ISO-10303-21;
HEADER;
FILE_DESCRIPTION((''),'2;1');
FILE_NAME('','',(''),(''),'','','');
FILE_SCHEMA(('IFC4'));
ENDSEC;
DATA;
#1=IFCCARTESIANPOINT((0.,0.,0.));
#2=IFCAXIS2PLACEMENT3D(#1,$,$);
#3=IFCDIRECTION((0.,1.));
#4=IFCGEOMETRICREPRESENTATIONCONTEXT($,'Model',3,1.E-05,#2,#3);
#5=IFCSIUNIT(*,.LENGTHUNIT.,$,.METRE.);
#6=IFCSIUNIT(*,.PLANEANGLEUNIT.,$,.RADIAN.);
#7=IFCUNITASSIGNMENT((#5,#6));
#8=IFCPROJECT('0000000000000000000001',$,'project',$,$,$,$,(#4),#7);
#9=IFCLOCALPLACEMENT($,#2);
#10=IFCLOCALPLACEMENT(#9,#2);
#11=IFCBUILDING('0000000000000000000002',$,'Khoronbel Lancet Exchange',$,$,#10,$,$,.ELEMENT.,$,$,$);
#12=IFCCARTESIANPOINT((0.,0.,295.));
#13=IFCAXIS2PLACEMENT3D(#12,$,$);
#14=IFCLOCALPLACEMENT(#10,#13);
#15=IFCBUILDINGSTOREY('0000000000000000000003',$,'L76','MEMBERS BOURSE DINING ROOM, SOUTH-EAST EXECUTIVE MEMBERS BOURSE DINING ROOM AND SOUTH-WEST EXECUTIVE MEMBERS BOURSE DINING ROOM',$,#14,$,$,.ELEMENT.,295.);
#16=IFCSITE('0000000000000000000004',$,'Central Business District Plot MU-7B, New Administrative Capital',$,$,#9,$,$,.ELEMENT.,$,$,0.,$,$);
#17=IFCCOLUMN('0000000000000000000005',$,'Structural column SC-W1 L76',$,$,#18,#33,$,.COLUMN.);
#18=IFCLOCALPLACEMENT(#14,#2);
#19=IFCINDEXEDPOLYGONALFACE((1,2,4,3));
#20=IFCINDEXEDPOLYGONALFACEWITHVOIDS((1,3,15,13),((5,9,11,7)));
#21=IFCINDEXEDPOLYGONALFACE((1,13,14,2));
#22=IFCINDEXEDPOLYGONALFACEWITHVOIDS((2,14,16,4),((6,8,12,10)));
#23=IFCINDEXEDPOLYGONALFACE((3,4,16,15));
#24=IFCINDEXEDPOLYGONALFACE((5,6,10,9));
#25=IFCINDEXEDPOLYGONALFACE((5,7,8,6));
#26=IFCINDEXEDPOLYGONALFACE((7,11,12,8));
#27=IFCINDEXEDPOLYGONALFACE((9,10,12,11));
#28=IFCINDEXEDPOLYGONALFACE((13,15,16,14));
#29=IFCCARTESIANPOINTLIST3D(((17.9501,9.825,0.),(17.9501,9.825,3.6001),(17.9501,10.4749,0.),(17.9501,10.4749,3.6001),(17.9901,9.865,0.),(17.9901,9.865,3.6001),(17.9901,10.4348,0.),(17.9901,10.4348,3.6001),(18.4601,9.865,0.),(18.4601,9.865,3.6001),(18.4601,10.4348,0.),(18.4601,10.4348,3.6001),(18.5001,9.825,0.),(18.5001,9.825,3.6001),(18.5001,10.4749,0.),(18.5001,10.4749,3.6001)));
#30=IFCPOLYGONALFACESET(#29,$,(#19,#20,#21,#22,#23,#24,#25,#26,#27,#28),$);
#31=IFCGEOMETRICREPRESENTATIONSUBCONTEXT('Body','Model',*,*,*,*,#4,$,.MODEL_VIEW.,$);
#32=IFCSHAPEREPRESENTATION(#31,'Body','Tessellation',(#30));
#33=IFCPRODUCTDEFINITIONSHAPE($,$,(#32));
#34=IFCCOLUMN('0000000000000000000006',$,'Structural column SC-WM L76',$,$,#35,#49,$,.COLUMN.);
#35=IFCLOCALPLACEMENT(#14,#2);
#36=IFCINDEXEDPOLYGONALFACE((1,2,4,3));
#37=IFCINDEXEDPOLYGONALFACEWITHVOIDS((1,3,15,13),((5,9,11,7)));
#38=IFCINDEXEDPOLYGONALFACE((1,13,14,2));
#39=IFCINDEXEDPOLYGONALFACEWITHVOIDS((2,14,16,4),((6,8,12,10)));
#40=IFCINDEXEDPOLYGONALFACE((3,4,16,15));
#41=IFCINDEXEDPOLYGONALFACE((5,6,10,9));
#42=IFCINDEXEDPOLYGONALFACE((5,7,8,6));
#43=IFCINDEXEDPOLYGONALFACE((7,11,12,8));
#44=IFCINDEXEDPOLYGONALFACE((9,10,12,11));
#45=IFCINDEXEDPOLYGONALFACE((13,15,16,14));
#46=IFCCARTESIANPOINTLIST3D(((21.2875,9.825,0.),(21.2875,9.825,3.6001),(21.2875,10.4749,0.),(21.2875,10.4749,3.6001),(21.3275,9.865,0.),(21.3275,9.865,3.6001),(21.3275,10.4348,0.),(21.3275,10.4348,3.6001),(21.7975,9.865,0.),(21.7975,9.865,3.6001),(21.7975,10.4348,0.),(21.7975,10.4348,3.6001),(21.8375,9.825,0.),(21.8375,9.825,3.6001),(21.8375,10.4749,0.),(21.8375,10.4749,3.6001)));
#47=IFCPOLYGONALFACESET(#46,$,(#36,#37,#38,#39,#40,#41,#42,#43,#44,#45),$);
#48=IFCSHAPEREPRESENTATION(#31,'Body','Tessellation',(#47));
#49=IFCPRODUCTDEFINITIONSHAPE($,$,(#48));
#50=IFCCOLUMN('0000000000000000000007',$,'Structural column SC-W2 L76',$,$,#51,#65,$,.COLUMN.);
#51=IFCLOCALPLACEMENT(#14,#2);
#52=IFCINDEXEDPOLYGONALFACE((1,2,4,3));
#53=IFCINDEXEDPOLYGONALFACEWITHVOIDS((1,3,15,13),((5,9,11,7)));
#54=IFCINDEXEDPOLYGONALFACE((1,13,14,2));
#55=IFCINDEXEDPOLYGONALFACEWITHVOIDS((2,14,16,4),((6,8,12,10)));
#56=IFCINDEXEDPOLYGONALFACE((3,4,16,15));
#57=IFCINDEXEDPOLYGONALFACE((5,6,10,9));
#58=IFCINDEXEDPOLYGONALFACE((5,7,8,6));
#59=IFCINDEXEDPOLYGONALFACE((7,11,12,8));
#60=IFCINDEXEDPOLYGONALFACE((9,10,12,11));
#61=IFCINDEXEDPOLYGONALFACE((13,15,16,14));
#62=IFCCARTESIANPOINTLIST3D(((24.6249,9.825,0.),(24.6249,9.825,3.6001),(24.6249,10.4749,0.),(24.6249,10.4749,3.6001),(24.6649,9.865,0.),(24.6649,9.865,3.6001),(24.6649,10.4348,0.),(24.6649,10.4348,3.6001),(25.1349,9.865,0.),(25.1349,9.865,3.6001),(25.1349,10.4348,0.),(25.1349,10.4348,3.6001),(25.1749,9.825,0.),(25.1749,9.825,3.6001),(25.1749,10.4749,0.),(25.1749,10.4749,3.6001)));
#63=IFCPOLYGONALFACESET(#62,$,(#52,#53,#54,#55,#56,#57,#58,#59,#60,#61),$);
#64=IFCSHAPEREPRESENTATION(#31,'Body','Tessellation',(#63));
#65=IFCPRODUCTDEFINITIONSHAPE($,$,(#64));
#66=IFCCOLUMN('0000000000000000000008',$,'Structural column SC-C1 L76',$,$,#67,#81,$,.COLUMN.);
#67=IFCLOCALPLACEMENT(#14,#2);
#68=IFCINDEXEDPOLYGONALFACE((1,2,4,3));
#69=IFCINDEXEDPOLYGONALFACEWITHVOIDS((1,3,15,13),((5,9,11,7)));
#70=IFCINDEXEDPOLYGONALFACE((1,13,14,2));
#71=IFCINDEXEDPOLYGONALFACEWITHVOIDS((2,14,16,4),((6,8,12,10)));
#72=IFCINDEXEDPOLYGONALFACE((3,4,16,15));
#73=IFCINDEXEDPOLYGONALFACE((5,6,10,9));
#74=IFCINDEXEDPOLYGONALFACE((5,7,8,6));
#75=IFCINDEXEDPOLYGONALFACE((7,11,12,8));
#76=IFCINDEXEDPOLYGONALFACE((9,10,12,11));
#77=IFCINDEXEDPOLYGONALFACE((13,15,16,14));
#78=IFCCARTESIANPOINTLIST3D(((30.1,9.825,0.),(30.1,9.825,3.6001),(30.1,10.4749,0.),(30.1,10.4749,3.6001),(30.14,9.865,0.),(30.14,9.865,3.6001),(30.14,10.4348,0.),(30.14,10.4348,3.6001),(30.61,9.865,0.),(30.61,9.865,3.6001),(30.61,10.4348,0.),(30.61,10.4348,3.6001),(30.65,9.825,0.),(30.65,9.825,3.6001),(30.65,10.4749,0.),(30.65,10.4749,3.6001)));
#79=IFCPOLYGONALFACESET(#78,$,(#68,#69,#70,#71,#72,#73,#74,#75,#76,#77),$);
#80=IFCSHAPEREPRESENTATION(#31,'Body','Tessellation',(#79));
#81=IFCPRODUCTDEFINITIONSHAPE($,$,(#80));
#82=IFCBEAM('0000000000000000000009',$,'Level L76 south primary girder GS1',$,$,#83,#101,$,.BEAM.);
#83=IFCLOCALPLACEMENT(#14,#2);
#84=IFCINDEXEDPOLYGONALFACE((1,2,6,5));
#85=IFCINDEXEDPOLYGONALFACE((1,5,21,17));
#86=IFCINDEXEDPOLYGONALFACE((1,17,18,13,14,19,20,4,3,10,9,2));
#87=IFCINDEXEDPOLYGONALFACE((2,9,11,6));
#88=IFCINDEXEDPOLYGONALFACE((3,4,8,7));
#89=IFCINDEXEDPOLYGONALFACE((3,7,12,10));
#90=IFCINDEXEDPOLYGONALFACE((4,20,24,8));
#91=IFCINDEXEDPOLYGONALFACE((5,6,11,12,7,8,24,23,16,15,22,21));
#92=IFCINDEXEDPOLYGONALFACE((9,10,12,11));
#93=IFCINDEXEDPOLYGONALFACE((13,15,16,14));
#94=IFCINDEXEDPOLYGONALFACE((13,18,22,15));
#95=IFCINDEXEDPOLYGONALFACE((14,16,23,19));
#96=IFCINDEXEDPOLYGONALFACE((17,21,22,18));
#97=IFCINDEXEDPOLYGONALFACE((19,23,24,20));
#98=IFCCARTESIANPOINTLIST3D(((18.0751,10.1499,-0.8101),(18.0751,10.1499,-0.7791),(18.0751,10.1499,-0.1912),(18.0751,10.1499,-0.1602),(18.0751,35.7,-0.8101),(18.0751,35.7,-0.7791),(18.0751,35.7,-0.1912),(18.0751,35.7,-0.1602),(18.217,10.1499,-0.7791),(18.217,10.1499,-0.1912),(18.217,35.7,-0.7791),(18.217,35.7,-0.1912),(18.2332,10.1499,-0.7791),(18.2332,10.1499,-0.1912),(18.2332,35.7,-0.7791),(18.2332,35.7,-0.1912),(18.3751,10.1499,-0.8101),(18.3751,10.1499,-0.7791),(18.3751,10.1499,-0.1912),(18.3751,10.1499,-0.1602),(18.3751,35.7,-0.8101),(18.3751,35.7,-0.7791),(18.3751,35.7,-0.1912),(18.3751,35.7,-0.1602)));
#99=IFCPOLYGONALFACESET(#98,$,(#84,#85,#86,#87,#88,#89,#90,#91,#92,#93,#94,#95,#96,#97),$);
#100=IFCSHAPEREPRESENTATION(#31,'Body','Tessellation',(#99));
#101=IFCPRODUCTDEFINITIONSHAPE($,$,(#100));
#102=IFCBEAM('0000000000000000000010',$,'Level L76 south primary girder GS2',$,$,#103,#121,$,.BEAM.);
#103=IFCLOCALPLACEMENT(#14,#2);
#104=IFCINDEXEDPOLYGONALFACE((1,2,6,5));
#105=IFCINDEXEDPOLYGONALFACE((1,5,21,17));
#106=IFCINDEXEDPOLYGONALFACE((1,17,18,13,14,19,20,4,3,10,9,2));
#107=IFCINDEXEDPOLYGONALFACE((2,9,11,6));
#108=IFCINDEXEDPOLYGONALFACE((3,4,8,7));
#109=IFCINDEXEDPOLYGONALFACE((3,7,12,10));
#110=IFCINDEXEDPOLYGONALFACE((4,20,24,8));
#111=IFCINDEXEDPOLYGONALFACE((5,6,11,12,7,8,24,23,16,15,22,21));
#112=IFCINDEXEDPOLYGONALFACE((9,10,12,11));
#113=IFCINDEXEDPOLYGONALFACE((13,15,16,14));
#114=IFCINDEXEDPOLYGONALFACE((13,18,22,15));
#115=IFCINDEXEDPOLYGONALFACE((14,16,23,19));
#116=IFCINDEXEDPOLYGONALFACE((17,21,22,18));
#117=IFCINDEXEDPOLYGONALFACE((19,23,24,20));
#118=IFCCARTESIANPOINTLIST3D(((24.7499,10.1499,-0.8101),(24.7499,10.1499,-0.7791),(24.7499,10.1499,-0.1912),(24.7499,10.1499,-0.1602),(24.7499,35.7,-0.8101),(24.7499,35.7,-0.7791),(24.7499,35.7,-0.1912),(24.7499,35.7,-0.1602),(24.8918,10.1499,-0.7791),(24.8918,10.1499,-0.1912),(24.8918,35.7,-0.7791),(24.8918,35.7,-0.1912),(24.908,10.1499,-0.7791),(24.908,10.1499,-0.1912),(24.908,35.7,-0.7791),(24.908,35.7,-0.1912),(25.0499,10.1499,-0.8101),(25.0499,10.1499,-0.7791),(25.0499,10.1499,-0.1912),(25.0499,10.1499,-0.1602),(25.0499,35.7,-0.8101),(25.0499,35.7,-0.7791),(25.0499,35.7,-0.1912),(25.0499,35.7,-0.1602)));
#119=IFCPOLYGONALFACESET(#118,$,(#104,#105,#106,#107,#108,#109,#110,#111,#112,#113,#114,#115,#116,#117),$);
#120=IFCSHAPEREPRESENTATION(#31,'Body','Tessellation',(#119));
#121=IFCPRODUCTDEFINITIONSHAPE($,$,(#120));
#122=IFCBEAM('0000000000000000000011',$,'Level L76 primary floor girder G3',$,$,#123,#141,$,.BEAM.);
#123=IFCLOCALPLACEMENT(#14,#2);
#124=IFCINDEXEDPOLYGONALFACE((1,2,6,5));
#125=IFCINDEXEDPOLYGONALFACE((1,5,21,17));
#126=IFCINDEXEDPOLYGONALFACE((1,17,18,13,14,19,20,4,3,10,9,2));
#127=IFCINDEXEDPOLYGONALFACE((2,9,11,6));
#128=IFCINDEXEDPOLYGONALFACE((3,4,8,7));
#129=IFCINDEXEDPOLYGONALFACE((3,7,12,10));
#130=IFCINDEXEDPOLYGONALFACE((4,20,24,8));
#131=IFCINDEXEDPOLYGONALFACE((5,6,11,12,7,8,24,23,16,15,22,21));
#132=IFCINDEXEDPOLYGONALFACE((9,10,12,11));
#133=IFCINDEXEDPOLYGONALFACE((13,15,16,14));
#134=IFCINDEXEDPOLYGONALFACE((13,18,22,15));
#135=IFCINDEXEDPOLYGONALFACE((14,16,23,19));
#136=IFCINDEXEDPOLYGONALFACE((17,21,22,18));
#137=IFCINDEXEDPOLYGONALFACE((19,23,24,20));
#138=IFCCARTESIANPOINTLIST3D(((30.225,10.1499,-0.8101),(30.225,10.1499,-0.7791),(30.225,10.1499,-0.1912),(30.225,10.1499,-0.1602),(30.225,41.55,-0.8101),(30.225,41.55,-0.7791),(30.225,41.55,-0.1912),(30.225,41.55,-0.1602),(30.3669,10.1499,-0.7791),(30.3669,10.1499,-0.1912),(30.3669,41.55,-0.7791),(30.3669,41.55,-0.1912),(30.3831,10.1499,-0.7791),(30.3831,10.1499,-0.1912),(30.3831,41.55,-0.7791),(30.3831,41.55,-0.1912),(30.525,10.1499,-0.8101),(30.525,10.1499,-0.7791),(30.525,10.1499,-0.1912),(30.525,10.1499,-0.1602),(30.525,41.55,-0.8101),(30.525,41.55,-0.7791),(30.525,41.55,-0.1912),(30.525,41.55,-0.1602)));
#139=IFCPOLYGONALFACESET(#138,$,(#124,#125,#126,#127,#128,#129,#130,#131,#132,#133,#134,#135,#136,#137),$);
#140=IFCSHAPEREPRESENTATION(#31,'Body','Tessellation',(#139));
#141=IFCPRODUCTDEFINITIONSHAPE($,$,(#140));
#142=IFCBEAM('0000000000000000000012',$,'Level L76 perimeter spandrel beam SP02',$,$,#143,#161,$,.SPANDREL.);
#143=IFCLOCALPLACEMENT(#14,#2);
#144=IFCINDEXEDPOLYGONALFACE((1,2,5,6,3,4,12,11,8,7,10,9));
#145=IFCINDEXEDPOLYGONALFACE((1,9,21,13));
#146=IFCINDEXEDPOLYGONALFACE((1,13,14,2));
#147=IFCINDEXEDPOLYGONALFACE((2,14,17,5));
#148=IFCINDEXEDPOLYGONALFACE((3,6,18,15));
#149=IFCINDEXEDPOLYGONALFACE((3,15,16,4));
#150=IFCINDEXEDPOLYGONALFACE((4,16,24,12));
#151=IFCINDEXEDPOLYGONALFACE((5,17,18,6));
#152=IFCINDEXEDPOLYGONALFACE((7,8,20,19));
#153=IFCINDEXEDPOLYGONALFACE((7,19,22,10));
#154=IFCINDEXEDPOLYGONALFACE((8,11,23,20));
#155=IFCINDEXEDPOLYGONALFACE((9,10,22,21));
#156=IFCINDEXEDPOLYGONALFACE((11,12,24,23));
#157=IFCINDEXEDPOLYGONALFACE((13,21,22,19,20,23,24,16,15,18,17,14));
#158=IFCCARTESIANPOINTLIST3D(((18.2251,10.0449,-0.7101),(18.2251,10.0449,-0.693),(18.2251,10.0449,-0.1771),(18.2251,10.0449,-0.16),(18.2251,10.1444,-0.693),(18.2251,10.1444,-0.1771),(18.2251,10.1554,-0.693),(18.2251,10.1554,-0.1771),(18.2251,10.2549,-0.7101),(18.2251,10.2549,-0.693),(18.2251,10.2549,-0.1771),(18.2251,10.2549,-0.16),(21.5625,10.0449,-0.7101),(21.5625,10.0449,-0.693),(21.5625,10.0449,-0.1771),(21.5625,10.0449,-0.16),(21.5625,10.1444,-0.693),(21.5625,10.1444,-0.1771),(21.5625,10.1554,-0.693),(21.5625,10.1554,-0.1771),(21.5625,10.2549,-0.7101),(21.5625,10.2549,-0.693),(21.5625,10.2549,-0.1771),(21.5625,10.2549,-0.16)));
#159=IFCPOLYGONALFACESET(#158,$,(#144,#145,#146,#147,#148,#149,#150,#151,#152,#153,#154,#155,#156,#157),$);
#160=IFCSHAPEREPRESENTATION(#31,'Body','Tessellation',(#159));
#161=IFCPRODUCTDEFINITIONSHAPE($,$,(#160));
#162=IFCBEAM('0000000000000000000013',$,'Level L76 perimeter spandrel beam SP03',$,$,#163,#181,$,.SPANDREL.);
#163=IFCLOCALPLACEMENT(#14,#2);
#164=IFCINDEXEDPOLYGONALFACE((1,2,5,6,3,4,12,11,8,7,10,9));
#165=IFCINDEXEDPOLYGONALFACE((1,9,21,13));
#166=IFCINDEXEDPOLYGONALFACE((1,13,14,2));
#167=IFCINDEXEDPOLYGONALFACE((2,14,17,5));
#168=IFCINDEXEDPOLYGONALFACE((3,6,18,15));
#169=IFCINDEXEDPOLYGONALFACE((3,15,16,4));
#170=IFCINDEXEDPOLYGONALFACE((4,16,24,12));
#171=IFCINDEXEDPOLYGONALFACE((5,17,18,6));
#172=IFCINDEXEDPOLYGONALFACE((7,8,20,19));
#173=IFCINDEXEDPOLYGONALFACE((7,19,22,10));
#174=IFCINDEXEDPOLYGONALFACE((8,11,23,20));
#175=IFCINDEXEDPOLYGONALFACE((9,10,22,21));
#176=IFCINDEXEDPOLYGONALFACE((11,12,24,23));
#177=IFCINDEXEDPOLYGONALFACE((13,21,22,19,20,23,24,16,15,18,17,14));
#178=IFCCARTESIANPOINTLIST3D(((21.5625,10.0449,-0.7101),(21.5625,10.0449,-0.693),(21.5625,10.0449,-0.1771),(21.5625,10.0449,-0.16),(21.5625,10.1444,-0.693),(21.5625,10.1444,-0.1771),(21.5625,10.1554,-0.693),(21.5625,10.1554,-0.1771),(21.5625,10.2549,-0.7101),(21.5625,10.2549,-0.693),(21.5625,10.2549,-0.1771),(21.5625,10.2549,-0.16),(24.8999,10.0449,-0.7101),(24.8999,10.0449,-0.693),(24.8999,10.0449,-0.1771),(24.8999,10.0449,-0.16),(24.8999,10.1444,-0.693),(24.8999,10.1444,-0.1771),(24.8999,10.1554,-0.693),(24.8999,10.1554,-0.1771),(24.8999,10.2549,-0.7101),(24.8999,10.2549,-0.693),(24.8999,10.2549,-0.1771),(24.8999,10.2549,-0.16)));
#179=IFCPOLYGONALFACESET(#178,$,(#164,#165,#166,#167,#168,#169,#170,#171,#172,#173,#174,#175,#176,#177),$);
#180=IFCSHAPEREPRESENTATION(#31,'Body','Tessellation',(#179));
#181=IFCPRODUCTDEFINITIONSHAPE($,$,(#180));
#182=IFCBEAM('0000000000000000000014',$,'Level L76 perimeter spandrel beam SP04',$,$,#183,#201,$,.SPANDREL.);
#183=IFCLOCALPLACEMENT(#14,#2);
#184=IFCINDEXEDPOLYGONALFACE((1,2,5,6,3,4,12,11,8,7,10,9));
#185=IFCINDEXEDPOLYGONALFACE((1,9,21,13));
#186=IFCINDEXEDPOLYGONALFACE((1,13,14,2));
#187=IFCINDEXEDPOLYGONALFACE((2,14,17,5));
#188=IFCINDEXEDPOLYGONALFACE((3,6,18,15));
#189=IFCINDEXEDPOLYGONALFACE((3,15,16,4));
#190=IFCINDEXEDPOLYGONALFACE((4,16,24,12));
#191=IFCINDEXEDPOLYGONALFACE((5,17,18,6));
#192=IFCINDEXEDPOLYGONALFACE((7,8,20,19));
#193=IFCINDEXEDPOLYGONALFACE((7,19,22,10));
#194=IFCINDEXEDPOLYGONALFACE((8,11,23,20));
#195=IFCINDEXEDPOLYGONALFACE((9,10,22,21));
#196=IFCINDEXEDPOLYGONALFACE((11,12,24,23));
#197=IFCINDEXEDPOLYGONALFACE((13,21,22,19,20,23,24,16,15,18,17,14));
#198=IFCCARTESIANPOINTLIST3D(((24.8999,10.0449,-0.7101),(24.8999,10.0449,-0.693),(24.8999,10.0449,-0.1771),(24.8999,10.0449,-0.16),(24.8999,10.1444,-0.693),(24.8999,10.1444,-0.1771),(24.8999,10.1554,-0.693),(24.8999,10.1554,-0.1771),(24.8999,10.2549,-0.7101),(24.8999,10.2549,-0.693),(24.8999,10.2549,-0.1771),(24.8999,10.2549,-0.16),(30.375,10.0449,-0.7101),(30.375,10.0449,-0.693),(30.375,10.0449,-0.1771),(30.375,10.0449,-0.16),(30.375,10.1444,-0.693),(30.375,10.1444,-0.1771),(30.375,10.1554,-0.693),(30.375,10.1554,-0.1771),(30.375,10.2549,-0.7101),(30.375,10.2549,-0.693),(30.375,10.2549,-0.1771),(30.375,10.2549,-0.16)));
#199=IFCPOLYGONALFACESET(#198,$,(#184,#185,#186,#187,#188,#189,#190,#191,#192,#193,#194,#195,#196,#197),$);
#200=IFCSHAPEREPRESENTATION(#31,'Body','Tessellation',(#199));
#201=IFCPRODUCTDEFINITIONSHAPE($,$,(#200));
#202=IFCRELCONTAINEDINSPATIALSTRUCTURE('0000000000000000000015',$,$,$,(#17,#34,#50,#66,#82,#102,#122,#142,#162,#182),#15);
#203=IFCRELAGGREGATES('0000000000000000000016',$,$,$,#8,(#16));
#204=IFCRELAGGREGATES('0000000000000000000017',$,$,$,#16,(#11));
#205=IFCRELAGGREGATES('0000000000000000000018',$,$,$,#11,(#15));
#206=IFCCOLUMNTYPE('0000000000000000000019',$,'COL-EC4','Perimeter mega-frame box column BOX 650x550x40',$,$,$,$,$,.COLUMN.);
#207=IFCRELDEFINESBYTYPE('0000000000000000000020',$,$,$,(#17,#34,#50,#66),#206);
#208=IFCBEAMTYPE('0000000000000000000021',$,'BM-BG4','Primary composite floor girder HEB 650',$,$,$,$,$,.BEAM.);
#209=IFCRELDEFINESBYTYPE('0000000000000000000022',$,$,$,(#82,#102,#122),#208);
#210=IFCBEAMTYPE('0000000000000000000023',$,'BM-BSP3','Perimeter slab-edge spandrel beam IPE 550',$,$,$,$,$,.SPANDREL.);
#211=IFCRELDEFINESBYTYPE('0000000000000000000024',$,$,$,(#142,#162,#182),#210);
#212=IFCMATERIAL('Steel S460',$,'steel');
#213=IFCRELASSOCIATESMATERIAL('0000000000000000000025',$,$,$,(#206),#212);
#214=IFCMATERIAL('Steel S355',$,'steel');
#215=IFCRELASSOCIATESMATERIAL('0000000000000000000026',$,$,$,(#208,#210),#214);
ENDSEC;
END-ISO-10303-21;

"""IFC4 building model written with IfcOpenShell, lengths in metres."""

from ifc_helpers import new_model, si_unit, direction, frame, origin, origin_2d, place, context, subcontext, project, spatial, hollow_rectangle, i_section, extrude, material, material_profile, profile_set, type_object, element, save


model = new_model("IFC4")

# Units and contexts
model_context = context("Model", 3, precision=1e-05, world=origin(), true_north=direction((0.0, 1.0)))
body_context = subcontext(model_context, "Body", "Model", "MODEL_VIEW")
ifc_project = project(units=[si_unit("LENGTHUNIT", "METRE"), si_unit("PLANEANGLEUNIT", "RADIAN")], contexts=[model_context])

# Site, building, storey
site_placement = place(None, origin())
site = spatial("IfcSite", under=ifc_project, at=site_placement, Name="Central Business District Plot MU-7B, New Administrative Capital", CompositionType="ELEMENT", RefElevation=0.0)
building_placement = place(site_placement, origin())
building = spatial("IfcBuilding", under=site, at=building_placement, Name="Khoronbel Lancet Exchange", CompositionType="ELEMENT")
storey_placement = place(building_placement, frame((0.0, 0.0, 295.0)))
storey = spatial("IfcBuildingStorey", under=building, at=storey_placement, Name="L76", Description="MEMBERS BOURSE DINING ROOM, SOUTH-EAST EXECUTIVE MEMBERS BOURSE DINING ROOM AND SOUTH-WEST EXECUTIVE MEMBERS BOURSE DINING ROOM", CompositionType="ELEMENT", Elevation=295.0)

# Columns
ifc_material_1 = material(Name="Steel S460", Category="steel")
ifc_material_profile_1 = material_profile(ifc_material_1, hollow_rectangle(XDim=0.55, YDim=0.6499, WallThickness=0.04, at=origin_2d()), Name="BOX 650x550x40")
ifc_profile_set_1 = profile_set([ifc_material_profile_1], Name="Steel S460")
column_type = type_object("IfcColumnType", Name="COL-EC4", Description="Perimeter mega-frame box column BOX 650x550x40", PredefinedType="COLUMN", material=ifc_profile_set_1)
for number, where, z_axis, x_axis, name in (
    (1, (18.2251, 10.1499, 0.0), (0.0, 0.0, 1.0), (1.0, 0.0, 0.0), "Structural column SC-W1 L76"),
    (2, (21.5625, 10.1499, 0.0), (0.0, 0.0, 1.0), (1.0, 0.0, 0.0), "Structural column SC-WM L76"),
    (3, (24.8999, 10.1499, 0.0), (0.0, 0.0, 1.0), (1.0, 0.0, 0.0), "Structural column SC-W2 L76"),
    (4, (30.375, 10.1499, 0.0), (0.0, 0.0, 1.0), (1.0, 0.0, 0.0), "Structural column SC-C1 L76"),
):
    element("IfcColumn", number, at=place(storey_placement, frame(where, z_axis=z_axis, x_axis=x_axis)), inside=storey, type_object=column_type, Name=name, PredefinedType="COLUMN", context=body_context, shape_type="SweptSolid", body=[
        extrude(hollow_rectangle(XDim=0.55, YDim=0.6499, WallThickness=0.04, at=origin_2d()), origin(), (0.0, 0.0, 1.0), 3.6001),
    ])

# Beams
ifc_material_2 = material(Name="Steel S355", Category="steel")
ifc_material_profile_2 = material_profile(ifc_material_2, i_section(OverallWidth=0.3, OverallDepth=0.6499, WebThickness=0.0161, FlangeThickness=0.031, at=origin_2d()), Name="HEB 650")
ifc_profile_set_2 = profile_set([ifc_material_profile_2], Name="Steel S355")
beam_type_1 = type_object("IfcBeamType", Name="BM-BG4", Description="Primary composite floor girder HEB 650", PredefinedType="BEAM", material=ifc_profile_set_2)
for number, where, z_axis, x_axis, name in (
    (5, (18.2251, 10.1499, -0.4851), (0.0, 1.0, 0.0), (-1.0, 0.0, 0.0), "Level L76 south primary girder GS1"),
    (6, (24.8999, 10.1499, -0.4851), (0.0, 1.0, 0.0), (-1.0, 0.0, 0.0), "Level L76 south primary girder GS2"),
):
    element("IfcBeam", number, at=place(storey_placement, frame(where, z_axis=z_axis, x_axis=x_axis)), inside=storey, type_object=beam_type_1, Name=name, PredefinedType="BEAM", context=body_context, shape_type="SweptSolid", body=[
        extrude(i_section(OverallWidth=0.3, OverallDepth=0.6499, WebThickness=0.0161, FlangeThickness=0.031, at=origin_2d()), origin(), (0.0, 0.0, 1.0), 25.55),
    ])
beam_1_placement = place(storey_placement, frame((30.375, 10.1499, -0.4851), z_axis=(0.0, 1.0, 0.0), x_axis=(-1.0, 0.0, 0.0)))
element("IfcBeam", 7, at=beam_1_placement, inside=storey, type_object=beam_type_1, Name="Level L76 primary floor girder G3", PredefinedType="BEAM", context=body_context, shape_type="SweptSolid", body=[
    extrude(i_section(OverallWidth=0.3, OverallDepth=0.6499, WebThickness=0.0161, FlangeThickness=0.031, at=origin_2d()), origin(), (0.0, 0.0, 1.0), 31.4001),
])
ifc_material_profile_3 = material_profile(ifc_material_2, i_section(OverallWidth=0.21, OverallDepth=0.55, WebThickness=0.011, FlangeThickness=0.0171, at=origin_2d()), Name="IPE 550")
ifc_profile_set_3 = profile_set([ifc_material_profile_3], Name="Steel S355")
beam_type_2 = type_object("IfcBeamType", Name="BM-BSP3", Description="Perimeter slab-edge spandrel beam IPE 550", PredefinedType="SPANDREL", material=ifc_profile_set_3)
for number, where, z_axis, x_axis, name in (
    (8, (18.2251, 10.1499, -0.4351), (1.0, 0.0, 0.0), (0.0, 1.0, 0.0), "Level L76 perimeter spandrel beam SP02"),
    (9, (21.5625, 10.1499, -0.4351), (1.0, 0.0, 0.0), (0.0, 1.0, 0.0), "Level L76 perimeter spandrel beam SP03"),
):
    element("IfcBeam", number, at=place(storey_placement, frame(where, z_axis=z_axis, x_axis=x_axis)), inside=storey, type_object=beam_type_2, Name=name, PredefinedType="SPANDREL", context=body_context, shape_type="SweptSolid", body=[
        extrude(i_section(OverallWidth=0.21, OverallDepth=0.55, WebThickness=0.011, FlangeThickness=0.0171, at=origin_2d()), origin(), (0.0, 0.0, 1.0), 3.3374),
    ])
beam_2_placement = place(storey_placement, frame((24.8999, 10.1499, -0.4351), z_axis=(1.0, 0.0, 0.0), x_axis=(0.0, 1.0, 0.0)))
element("IfcBeam", 10, at=beam_2_placement, inside=storey, type_object=beam_type_2, Name="Level L76 perimeter spandrel beam SP04", PredefinedType="SPANDREL", context=body_context, shape_type="SweptSolid", body=[
    extrude(i_section(OverallWidth=0.21, OverallDepth=0.55, WebThickness=0.011, FlangeThickness=0.0171, at=origin_2d()), origin(), (0.0, 0.0, 1.0), 5.4751),
])

save(model, "model.ifc")
